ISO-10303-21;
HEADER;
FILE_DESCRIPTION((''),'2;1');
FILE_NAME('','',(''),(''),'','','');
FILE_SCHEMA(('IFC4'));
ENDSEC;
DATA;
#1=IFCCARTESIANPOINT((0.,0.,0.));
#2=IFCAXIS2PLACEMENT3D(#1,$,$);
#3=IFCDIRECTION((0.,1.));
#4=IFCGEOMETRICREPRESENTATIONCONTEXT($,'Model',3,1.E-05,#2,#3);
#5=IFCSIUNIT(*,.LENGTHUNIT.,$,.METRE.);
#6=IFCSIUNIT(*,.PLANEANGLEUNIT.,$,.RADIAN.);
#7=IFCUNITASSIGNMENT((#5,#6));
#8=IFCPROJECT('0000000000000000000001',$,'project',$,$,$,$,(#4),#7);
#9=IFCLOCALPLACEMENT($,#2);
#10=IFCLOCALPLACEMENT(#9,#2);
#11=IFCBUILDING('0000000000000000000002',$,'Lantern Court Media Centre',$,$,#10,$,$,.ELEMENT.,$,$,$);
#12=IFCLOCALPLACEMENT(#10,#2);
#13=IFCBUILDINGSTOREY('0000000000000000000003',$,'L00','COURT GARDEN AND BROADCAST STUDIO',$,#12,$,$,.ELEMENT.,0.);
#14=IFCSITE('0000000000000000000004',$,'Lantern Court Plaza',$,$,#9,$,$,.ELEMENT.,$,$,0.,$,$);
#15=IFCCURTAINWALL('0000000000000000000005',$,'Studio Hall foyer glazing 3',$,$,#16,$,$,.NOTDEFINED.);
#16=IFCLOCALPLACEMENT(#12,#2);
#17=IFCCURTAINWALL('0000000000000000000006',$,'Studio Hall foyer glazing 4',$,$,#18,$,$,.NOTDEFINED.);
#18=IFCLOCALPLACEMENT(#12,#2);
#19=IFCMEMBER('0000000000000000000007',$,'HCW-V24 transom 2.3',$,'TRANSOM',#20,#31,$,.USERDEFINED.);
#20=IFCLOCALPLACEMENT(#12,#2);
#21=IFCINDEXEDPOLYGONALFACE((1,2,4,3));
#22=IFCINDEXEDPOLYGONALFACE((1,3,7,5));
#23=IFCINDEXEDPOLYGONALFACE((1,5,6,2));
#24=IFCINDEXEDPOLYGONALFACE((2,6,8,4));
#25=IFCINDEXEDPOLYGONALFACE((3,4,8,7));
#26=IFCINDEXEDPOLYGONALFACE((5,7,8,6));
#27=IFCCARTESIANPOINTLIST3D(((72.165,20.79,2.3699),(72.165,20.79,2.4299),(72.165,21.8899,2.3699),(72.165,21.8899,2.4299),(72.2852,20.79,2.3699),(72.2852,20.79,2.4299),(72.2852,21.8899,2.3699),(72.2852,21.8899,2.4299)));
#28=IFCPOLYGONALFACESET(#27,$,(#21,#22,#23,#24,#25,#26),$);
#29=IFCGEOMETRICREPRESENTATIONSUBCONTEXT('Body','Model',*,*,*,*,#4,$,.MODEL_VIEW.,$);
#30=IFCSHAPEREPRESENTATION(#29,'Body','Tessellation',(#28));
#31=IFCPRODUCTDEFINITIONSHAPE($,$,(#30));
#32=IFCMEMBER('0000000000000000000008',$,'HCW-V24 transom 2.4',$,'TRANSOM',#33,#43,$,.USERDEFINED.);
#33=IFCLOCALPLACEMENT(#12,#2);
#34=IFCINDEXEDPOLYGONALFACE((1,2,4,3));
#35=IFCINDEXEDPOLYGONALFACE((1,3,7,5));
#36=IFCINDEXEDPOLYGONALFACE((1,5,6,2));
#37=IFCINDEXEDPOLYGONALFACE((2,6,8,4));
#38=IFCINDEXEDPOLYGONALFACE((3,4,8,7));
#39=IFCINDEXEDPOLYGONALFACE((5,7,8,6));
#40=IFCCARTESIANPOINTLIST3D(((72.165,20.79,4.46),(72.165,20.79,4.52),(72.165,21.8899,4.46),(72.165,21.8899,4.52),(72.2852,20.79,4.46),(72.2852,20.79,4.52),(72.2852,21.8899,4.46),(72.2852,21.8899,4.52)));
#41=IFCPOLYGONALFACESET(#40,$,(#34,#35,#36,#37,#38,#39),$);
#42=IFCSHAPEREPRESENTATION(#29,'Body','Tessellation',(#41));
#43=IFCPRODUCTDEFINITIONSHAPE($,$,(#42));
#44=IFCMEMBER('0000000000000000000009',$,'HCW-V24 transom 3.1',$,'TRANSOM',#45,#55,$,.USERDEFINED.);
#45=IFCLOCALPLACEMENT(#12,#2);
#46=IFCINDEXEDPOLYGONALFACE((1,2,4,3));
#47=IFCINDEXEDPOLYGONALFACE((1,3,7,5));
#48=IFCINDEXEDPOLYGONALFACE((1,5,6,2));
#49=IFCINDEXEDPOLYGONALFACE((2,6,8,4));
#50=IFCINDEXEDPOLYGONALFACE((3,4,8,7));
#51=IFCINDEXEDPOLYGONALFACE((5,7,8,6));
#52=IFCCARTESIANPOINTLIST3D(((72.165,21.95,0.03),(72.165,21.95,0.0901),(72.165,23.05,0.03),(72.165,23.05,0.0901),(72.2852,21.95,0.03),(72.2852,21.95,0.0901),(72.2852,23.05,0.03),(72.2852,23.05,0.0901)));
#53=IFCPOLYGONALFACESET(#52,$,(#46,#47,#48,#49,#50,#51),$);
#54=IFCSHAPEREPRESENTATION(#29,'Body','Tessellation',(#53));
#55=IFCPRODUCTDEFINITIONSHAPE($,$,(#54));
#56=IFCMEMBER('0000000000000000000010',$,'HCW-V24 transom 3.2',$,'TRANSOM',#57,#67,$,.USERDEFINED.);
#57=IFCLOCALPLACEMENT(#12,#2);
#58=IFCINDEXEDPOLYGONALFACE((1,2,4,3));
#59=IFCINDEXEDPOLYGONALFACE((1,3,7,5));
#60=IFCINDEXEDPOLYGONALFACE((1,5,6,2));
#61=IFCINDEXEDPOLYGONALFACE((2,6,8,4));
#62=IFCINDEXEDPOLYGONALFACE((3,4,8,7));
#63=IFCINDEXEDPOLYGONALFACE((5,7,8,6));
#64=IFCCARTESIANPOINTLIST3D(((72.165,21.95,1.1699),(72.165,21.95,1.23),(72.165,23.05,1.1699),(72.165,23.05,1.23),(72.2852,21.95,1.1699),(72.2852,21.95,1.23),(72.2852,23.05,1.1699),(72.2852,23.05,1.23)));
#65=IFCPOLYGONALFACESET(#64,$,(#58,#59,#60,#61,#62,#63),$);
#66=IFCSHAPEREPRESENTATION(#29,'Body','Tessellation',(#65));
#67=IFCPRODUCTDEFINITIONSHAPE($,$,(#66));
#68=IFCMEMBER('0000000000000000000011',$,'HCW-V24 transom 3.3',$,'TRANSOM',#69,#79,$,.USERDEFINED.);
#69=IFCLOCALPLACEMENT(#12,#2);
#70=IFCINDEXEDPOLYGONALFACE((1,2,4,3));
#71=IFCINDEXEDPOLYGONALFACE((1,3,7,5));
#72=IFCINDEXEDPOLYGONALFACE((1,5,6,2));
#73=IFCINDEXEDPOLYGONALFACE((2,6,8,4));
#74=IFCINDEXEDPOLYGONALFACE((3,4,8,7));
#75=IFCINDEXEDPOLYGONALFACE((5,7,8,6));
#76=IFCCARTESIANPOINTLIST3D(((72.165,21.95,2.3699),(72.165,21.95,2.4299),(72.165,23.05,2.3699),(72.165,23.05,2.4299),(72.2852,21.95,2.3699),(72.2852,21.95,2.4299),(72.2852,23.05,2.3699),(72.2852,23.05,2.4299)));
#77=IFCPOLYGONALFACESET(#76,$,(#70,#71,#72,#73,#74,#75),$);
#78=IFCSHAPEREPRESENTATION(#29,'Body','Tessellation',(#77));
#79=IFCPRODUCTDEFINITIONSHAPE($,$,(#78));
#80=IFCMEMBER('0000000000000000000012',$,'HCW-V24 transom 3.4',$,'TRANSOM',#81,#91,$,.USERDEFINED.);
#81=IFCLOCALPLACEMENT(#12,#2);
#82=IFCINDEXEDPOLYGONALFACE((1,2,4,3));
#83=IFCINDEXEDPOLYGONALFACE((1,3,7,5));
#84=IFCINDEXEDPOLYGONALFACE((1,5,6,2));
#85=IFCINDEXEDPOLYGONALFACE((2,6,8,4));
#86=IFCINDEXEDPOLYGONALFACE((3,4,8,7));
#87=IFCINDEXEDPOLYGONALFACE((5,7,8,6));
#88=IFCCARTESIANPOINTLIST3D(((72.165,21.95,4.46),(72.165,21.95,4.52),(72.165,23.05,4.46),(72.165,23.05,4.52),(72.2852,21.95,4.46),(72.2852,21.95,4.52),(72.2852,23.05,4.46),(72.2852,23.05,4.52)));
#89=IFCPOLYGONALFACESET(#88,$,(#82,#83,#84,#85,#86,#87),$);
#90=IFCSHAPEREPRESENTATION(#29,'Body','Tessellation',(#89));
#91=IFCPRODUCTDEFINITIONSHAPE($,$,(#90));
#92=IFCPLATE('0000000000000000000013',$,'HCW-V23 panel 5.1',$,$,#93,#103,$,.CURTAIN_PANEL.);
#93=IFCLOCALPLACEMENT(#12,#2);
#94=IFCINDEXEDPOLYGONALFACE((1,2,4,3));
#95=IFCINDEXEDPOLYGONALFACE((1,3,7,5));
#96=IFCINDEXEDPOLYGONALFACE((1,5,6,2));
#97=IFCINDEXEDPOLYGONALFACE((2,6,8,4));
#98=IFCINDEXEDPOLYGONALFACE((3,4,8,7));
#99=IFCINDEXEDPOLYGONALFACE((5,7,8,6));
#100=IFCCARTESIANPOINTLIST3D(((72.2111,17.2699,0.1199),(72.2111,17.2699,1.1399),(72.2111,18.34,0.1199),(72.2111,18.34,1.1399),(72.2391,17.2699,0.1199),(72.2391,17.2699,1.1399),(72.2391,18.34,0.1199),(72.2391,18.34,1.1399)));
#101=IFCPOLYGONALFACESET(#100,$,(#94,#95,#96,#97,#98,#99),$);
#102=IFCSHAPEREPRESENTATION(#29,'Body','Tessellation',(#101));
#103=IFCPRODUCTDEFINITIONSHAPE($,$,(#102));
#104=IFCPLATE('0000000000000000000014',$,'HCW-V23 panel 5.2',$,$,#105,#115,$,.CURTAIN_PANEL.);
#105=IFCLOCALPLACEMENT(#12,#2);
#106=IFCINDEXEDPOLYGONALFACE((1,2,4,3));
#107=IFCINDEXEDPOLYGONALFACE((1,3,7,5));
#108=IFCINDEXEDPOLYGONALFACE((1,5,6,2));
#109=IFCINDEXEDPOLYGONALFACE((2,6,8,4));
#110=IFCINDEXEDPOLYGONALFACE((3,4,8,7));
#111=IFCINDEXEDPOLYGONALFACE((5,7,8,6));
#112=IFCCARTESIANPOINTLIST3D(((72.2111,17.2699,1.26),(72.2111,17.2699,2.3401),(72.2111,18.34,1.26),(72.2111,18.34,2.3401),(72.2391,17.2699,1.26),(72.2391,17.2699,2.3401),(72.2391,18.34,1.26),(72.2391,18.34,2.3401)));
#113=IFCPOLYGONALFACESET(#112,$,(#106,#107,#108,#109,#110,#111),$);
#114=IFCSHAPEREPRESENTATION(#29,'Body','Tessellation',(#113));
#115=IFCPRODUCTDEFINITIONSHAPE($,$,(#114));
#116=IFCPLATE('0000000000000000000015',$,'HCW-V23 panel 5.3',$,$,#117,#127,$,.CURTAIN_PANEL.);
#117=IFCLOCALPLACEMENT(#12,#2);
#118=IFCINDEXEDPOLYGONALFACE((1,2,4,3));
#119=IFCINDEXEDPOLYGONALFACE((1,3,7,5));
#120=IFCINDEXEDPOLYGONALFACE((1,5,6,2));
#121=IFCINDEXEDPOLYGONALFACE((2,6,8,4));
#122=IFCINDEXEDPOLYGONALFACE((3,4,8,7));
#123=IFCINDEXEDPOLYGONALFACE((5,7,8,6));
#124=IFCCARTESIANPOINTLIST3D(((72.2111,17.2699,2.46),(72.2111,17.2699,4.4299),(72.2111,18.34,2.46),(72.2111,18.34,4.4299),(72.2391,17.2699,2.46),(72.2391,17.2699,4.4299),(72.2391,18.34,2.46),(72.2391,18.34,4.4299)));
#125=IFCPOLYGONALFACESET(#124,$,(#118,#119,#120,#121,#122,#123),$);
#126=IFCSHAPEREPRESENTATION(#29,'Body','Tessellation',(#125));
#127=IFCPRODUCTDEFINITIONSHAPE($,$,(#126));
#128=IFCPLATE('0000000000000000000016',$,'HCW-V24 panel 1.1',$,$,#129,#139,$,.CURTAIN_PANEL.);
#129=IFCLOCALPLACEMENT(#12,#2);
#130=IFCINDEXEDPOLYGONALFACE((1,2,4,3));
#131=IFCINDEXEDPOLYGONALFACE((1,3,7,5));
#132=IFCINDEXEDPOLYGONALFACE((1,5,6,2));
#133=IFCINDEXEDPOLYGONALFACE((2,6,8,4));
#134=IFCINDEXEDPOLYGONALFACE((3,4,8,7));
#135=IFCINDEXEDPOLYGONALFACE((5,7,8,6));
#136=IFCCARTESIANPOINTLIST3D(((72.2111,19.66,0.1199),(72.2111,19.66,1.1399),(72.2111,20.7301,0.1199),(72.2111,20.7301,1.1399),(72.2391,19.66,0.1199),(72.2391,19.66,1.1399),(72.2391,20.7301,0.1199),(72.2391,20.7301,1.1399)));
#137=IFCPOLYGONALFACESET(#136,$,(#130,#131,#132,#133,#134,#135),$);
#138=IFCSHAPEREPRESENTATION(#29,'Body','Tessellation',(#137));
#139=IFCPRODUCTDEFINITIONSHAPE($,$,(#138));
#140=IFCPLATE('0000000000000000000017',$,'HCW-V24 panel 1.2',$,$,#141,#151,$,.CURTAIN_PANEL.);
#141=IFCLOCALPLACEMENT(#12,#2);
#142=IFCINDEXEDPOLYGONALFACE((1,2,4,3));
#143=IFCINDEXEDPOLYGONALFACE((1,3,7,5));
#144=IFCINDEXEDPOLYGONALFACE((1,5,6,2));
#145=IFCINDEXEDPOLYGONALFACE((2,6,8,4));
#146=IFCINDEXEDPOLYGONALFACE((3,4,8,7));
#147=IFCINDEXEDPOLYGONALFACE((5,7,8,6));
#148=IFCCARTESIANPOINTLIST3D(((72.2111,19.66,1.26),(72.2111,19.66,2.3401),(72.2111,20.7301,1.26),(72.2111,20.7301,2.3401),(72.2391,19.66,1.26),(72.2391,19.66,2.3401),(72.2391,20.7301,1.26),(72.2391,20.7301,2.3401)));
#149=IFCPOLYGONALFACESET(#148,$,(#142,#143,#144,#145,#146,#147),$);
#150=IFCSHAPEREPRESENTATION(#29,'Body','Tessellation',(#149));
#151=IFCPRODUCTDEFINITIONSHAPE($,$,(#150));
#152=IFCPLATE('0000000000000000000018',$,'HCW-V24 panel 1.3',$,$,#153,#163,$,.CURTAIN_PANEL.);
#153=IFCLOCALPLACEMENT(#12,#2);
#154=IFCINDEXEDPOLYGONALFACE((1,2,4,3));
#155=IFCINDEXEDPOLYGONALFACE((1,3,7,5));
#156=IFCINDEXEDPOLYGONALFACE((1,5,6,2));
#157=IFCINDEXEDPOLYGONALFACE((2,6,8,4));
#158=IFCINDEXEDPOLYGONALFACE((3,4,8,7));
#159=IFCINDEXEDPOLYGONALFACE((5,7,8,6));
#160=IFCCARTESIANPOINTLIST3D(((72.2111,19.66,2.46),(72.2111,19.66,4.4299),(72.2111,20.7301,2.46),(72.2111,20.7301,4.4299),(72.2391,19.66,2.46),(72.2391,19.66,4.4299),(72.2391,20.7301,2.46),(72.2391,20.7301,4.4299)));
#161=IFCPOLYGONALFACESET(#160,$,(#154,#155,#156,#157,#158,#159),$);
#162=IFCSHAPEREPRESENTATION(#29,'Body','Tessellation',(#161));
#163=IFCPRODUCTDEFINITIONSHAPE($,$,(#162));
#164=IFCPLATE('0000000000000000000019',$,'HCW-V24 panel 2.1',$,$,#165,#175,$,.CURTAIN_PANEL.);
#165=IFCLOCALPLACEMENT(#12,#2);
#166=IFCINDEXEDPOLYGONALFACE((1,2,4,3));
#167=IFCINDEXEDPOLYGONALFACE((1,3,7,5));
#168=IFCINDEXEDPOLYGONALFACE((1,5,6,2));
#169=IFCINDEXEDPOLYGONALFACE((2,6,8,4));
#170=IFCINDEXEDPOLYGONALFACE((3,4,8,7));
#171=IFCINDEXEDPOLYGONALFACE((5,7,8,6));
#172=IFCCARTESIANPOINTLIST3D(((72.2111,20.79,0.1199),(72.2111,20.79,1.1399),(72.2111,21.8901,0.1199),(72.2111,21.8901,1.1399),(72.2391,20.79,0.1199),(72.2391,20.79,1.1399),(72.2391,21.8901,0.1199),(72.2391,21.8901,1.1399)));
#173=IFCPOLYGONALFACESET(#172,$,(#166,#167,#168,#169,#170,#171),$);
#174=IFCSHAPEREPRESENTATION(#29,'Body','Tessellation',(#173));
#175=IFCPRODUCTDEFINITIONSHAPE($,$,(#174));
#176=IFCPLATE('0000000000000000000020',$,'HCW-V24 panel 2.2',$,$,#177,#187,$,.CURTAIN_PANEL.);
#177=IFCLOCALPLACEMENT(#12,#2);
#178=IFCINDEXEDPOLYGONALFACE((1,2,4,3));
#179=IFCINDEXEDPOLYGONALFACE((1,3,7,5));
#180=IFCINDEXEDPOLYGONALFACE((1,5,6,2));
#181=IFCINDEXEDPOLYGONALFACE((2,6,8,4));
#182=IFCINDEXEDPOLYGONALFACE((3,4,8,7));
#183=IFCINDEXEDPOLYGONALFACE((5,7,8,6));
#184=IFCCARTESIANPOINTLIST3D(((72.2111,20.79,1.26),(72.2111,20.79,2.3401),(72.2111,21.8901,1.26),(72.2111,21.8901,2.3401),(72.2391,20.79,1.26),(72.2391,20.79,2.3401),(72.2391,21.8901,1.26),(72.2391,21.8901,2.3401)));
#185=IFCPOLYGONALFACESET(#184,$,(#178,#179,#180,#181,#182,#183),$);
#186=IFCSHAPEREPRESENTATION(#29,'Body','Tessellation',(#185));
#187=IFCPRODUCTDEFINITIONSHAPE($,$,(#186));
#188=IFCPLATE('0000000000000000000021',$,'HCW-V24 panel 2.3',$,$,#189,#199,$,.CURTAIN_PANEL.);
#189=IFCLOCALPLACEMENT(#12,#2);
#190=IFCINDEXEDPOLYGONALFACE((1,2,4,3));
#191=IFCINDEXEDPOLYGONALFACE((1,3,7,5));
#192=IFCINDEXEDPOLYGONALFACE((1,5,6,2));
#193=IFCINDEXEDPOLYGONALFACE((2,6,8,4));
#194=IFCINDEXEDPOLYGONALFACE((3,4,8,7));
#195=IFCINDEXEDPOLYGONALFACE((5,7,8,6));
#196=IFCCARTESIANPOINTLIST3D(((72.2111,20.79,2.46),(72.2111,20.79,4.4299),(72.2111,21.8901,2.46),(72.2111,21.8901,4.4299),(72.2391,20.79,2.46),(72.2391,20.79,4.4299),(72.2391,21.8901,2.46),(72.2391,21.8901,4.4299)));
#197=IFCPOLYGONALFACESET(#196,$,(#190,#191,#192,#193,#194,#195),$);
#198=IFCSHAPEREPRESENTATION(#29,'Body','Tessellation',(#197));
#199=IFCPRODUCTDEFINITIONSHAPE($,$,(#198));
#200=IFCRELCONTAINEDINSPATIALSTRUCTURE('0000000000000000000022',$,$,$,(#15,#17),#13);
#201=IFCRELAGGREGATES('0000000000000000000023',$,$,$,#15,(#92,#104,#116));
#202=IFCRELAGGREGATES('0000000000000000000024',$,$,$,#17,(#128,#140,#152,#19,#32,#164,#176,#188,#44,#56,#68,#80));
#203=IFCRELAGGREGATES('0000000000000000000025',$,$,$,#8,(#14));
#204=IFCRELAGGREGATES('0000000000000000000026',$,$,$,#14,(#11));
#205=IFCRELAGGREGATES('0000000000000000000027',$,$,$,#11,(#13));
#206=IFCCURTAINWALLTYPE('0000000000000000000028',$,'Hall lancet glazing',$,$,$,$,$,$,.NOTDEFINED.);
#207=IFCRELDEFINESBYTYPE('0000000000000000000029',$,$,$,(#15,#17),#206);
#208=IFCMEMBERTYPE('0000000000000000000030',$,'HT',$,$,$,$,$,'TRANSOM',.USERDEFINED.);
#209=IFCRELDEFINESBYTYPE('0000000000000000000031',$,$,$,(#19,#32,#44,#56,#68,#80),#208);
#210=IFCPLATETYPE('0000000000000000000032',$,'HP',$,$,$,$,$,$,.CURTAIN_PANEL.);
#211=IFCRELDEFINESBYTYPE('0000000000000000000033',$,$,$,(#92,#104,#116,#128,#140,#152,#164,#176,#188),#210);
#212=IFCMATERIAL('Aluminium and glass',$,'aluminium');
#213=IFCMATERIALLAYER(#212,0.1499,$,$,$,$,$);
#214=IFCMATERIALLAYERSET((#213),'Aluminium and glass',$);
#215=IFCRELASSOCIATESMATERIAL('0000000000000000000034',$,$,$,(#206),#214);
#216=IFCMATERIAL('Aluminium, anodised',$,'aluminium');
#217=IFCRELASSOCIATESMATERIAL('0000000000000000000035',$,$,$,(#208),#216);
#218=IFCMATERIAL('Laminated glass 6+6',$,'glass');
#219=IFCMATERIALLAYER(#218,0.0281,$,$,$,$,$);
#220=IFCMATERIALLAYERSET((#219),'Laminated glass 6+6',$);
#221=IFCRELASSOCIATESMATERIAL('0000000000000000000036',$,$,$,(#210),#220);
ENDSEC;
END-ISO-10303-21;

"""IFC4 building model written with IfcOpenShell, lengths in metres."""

from ifc_helpers import new_model, si_unit, direction, frame, origin, origin_2d, place, context, subcontext, project, spatial, rectangle, extrude, material, layer, layer_set, material_profile, profile_set, type_object, element, aggregate, save


model = new_model("IFC4")

# Units and contexts
model_context = context("Model", 3, precision=1e-05, world=origin(), true_north=direction((0.0, 1.0)))
body_context = subcontext(model_context, "Body", "Model", "MODEL_VIEW")
ifc_project = project(units=[si_unit("LENGTHUNIT", "METRE"), si_unit("PLANEANGLEUNIT", "RADIAN")], contexts=[model_context])

# Site, building, storey
site_placement = place(None, origin())
site = spatial("IfcSite", under=ifc_project, at=site_placement, Name="Lantern Court Plaza", CompositionType="ELEMENT", RefElevation=0.0)
building_placement = place(site_placement, origin())
building = spatial("IfcBuilding", under=site, at=building_placement, Name="Lantern Court Media Centre", CompositionType="ELEMENT")
storey_placement = place(building_placement, origin())
storey = spatial("IfcBuildingStorey", under=building, at=storey_placement, Name="L00", Description="COURT GARDEN AND BROADCAST STUDIO", CompositionType="ELEMENT", Elevation=0.0)

# Curtain walls
ifc_material_1 = material(Name="Aluminium and glass", Category="aluminium")
ifc_layer_1 = layer(ifc_material_1, 0.1499)
ifc_layer_set_1 = layer_set([ifc_layer_1], Name="Aluminium and glass")
curtain_wall_type = type_object("IfcCurtainWallType", Name="Hall lancet glazing", PredefinedType="NOTDEFINED", material=ifc_layer_set_1)
curtain_wall_1_placement = place(storey_placement, origin())
curtain_wall_1 = element("IfcCurtainWall", 1, at=curtain_wall_1_placement, inside=storey, type_object=curtain_wall_type, Name="Studio Hall foyer glazing 3", PredefinedType="NOTDEFINED")
ifc_material_2 = material(Name="Aluminium, anodised", Category="aluminium")
curtain_wall_2_placement = place(storey_placement, origin())
curtain_wall_2 = element("IfcCurtainWall", 2, at=curtain_wall_2_placement, inside=storey, type_object=curtain_wall_type, Name="Studio Hall foyer glazing 4", PredefinedType="NOTDEFINED")

# Members
ifc_material_profile_1 = material_profile(ifc_material_2, rectangle(XDim=0.1201, YDim=0.0601, at=origin_2d()), Name="HT")
ifc_profile_set_1 = profile_set([ifc_material_profile_1], Name="Aluminium, anodised")
member_type_1 = type_object("IfcMemberType", Name="HT", ElementType="TRANSOM", PredefinedType="USERDEFINED", material=ifc_profile_set_1)
member_1_placement = place(storey_placement, frame((72.2251, 20.79, 2.3999), z_axis=(0.0, 1.0, 0.0), x_axis=(-1.0, 0.0, 0.0)))
member_1 = element("IfcMember", 3, at=member_1_placement, type_object=member_type_1, Name="HCW-V24 transom 2.3", ObjectType="TRANSOM", PredefinedType="USERDEFINED", context=body_context, shape_type="SweptSolid", body=[
    extrude(rectangle(XDim=0.1201, YDim=0.0601, at=origin_2d()), origin(), (0.0, 0.0, 1.0), 1.0999),
])
member_2_placement = place(storey_placement, frame((72.2251, 20.79, 4.49), z_axis=(0.0, 1.0, 0.0), x_axis=(-1.0, 0.0, 0.0)))
member_2 = element("IfcMember", 4, at=member_2_placement, type_object=member_type_1, Name="HCW-V24 transom 2.4", ObjectType="TRANSOM", PredefinedType="USERDEFINED", context=body_context, shape_type="SweptSolid", body=[
    extrude(rectangle(XDim=0.1201, YDim=0.0601, at=origin_2d()), origin(), (0.0, 0.0, 1.0), 1.0999),
])
member_3_placement = place(storey_placement, frame((72.2251, 21.95, 0.0601), z_axis=(0.0, 1.0, 0.0), x_axis=(-1.0, 0.0, 0.0)))
member_3 = element("IfcMember", 5, at=member_3_placement, type_object=member_type_1, Name="HCW-V24 transom 3.1", ObjectType="TRANSOM", PredefinedType="USERDEFINED", context=body_context, shape_type="SweptSolid", body=[
    extrude(rectangle(XDim=0.1201, YDim=0.0601, at=origin_2d()), origin(), (0.0, 0.0, 1.0), 1.1001),
])
member_4_placement = place(storey_placement, frame((72.2251, 21.95, 1.2), z_axis=(0.0, 1.0, 0.0), x_axis=(-1.0, 0.0, 0.0)))
member_4 = element("IfcMember", 6, at=member_4_placement, type_object=member_type_1, Name="HCW-V24 transom 3.2", ObjectType="TRANSOM", PredefinedType="USERDEFINED", context=body_context, shape_type="SweptSolid", body=[
    extrude(rectangle(XDim=0.1201, YDim=0.0601, at=origin_2d()), origin(), (0.0, 0.0, 1.0), 1.1001),
])
member_5_placement = place(storey_placement, frame((72.2251, 21.95, 2.3999), z_axis=(0.0, 1.0, 0.0), x_axis=(-1.0, 0.0, 0.0)))
member_5 = element("IfcMember", 7, at=member_5_placement, type_object=member_type_1, Name="HCW-V24 transom 3.3", ObjectType="TRANSOM", PredefinedType="USERDEFINED", context=body_context, shape_type="SweptSolid", body=[
    extrude(rectangle(XDim=0.1201, YDim=0.0601, at=origin_2d()), origin(), (0.0, 0.0, 1.0), 1.1001),
])
member_6_placement = place(storey_placement, frame((72.2251, 21.95, 4.49), z_axis=(0.0, 1.0, 0.0), x_axis=(-1.0, 0.0, 0.0)))
member_6 = element("IfcMember", 8, at=member_6_placement, type_object=member_type_1, Name="HCW-V24 transom 3.4", ObjectType="TRANSOM", PredefinedType="USERDEFINED", context=body_context, shape_type="SweptSolid", body=[
    extrude(rectangle(XDim=0.1201, YDim=0.0601, at=origin_2d()), origin(), (0.0, 0.0, 1.0), 1.1001),
])

# Plates
ifc_material_3 = material(Name="Laminated glass 6+6", Category="glass")
ifc_layer_2 = layer(ifc_material_3, 0.0281)
ifc_layer_set_2 = layer_set([ifc_layer_2], Name="Laminated glass 6+6")
plate_type = type_object("IfcPlateType", Name="HP", PredefinedType="CURTAIN_PANEL", material=ifc_layer_set_2)
plate_1_placement = place(storey_placement, frame((72.2251, 17.8049, 0.1199), z_axis=(0.0, 0.0, 1.0), x_axis=(0.0, 1.0, 0.0)))
plate_1 = element("IfcPlate", 9, at=plate_1_placement, type_object=plate_type, Name="HCW-V23 panel 5.1", PredefinedType="CURTAIN_PANEL", context=body_context, shape_type="SweptSolid", body=[
    extrude(rectangle(XDim=1.0701, YDim=0.0281, at=origin_2d()), origin(), (0.0, 0.0, 1.0), 1.02),
])
plate_2_placement = place(storey_placement, frame((72.2251, 17.8049, 1.26), z_axis=(0.0, 0.0, 1.0), x_axis=(0.0, 1.0, 0.0)))
plate_2 = element("IfcPlate", 10, at=plate_2_placement, type_object=plate_type, Name="HCW-V23 panel 5.2", PredefinedType="CURTAIN_PANEL", context=body_context, shape_type="SweptSolid", body=[
    extrude(rectangle(XDim=1.0701, YDim=0.0281, at=origin_2d()), origin(), (0.0, 0.0, 1.0), 1.0801),
])
plate_3_placement = place(storey_placement, frame((72.2251, 17.8049, 2.46), z_axis=(0.0, 0.0, 1.0), x_axis=(0.0, 1.0, 0.0)))
plate_3 = element("IfcPlate", 11, at=plate_3_placement, type_object=plate_type, Name="HCW-V23 panel 5.3", PredefinedType="CURTAIN_PANEL", context=body_context, shape_type="SweptSolid", body=[
    extrude(rectangle(XDim=1.0701, YDim=0.0281, at=origin_2d()), origin(), (0.0, 0.0, 1.0), 1.97),
])
aggregate(curtain_wall_1, [plate_1, plate_2, plate_3])
plate_4_placement = place(storey_placement, frame((72.2251, 20.1951, 0.1199), z_axis=(0.0, 0.0, 1.0), x_axis=(0.0, 1.0, 0.0)))
plate_4 = element("IfcPlate", 12, at=plate_4_placement, type_object=plate_type, Name="HCW-V24 panel 1.1", PredefinedType="CURTAIN_PANEL", context=body_context, shape_type="SweptSolid", body=[
    extrude(rectangle(XDim=1.0701, YDim=0.0281, at=origin_2d()), origin(), (0.0, 0.0, 1.0), 1.02),
])
plate_5_placement = place(storey_placement, frame((72.2251, 20.1951, 1.26), z_axis=(0.0, 0.0, 1.0), x_axis=(0.0, 1.0, 0.0)))
plate_5 = element("IfcPlate", 13, at=plate_5_placement, type_object=plate_type, Name="HCW-V24 panel 1.2", PredefinedType="CURTAIN_PANEL", context=body_context, shape_type="SweptSolid", body=[
    extrude(rectangle(XDim=1.0701, YDim=0.0281, at=origin_2d()), origin(), (0.0, 0.0, 1.0), 1.0801),
])
plate_6_placement = place(storey_placement, frame((72.2251, 20.1951, 2.46), z_axis=(0.0, 0.0, 1.0), x_axis=(0.0, 1.0, 0.0)))
plate_6 = element("IfcPlate", 14, at=plate_6_placement, type_object=plate_type, Name="HCW-V24 panel 1.3", PredefinedType="CURTAIN_PANEL", context=body_context, shape_type="SweptSolid", body=[
    extrude(rectangle(XDim=1.0701, YDim=0.0281, at=origin_2d()), origin(), (0.0, 0.0, 1.0), 1.97),
])
plate_7_placement = place(storey_placement, frame((72.2251, 21.3401, 0.1199), z_axis=(0.0, 0.0, 1.0), x_axis=(0.0, 1.0, 0.0)))
plate_7 = element("IfcPlate", 15, at=plate_7_placement, type_object=plate_type, Name="HCW-V24 panel 2.1", PredefinedType="CURTAIN_PANEL", context=body_context, shape_type="SweptSolid", body=[
    extrude(rectangle(XDim=1.1001, YDim=0.0281, at=origin_2d()), origin(), (0.0, 0.0, 1.0), 1.02),
])
plate_8_placement = place(storey_placement, frame((72.2251, 21.3401, 1.26), z_axis=(0.0, 0.0, 1.0), x_axis=(0.0, 1.0, 0.0)))
plate_8 = element("IfcPlate", 16, at=plate_8_placement, type_object=plate_type, Name="HCW-V24 panel 2.2", PredefinedType="CURTAIN_PANEL", context=body_context, shape_type="SweptSolid", body=[
    extrude(rectangle(XDim=1.1001, YDim=0.0281, at=origin_2d()), origin(), (0.0, 0.0, 1.0), 1.0801),
])
plate_9_placement = place(storey_placement, frame((72.2251, 21.3401, 2.46), z_axis=(0.0, 0.0, 1.0), x_axis=(0.0, 1.0, 0.0)))
plate_9 = element("IfcPlate", 17, at=plate_9_placement, type_object=plate_type, Name="HCW-V24 panel 2.3", PredefinedType="CURTAIN_PANEL", context=body_context, shape_type="SweptSolid", body=[
    extrude(rectangle(XDim=1.1001, YDim=0.0281, at=origin_2d()), origin(), (0.0, 0.0, 1.0), 1.97),
])
aggregate(curtain_wall_2, [plate_4, plate_5, plate_6, member_1, member_2, plate_7, plate_8, plate_9, member_3, member_4, member_5, member_6])

save(model, "model.ifc")
